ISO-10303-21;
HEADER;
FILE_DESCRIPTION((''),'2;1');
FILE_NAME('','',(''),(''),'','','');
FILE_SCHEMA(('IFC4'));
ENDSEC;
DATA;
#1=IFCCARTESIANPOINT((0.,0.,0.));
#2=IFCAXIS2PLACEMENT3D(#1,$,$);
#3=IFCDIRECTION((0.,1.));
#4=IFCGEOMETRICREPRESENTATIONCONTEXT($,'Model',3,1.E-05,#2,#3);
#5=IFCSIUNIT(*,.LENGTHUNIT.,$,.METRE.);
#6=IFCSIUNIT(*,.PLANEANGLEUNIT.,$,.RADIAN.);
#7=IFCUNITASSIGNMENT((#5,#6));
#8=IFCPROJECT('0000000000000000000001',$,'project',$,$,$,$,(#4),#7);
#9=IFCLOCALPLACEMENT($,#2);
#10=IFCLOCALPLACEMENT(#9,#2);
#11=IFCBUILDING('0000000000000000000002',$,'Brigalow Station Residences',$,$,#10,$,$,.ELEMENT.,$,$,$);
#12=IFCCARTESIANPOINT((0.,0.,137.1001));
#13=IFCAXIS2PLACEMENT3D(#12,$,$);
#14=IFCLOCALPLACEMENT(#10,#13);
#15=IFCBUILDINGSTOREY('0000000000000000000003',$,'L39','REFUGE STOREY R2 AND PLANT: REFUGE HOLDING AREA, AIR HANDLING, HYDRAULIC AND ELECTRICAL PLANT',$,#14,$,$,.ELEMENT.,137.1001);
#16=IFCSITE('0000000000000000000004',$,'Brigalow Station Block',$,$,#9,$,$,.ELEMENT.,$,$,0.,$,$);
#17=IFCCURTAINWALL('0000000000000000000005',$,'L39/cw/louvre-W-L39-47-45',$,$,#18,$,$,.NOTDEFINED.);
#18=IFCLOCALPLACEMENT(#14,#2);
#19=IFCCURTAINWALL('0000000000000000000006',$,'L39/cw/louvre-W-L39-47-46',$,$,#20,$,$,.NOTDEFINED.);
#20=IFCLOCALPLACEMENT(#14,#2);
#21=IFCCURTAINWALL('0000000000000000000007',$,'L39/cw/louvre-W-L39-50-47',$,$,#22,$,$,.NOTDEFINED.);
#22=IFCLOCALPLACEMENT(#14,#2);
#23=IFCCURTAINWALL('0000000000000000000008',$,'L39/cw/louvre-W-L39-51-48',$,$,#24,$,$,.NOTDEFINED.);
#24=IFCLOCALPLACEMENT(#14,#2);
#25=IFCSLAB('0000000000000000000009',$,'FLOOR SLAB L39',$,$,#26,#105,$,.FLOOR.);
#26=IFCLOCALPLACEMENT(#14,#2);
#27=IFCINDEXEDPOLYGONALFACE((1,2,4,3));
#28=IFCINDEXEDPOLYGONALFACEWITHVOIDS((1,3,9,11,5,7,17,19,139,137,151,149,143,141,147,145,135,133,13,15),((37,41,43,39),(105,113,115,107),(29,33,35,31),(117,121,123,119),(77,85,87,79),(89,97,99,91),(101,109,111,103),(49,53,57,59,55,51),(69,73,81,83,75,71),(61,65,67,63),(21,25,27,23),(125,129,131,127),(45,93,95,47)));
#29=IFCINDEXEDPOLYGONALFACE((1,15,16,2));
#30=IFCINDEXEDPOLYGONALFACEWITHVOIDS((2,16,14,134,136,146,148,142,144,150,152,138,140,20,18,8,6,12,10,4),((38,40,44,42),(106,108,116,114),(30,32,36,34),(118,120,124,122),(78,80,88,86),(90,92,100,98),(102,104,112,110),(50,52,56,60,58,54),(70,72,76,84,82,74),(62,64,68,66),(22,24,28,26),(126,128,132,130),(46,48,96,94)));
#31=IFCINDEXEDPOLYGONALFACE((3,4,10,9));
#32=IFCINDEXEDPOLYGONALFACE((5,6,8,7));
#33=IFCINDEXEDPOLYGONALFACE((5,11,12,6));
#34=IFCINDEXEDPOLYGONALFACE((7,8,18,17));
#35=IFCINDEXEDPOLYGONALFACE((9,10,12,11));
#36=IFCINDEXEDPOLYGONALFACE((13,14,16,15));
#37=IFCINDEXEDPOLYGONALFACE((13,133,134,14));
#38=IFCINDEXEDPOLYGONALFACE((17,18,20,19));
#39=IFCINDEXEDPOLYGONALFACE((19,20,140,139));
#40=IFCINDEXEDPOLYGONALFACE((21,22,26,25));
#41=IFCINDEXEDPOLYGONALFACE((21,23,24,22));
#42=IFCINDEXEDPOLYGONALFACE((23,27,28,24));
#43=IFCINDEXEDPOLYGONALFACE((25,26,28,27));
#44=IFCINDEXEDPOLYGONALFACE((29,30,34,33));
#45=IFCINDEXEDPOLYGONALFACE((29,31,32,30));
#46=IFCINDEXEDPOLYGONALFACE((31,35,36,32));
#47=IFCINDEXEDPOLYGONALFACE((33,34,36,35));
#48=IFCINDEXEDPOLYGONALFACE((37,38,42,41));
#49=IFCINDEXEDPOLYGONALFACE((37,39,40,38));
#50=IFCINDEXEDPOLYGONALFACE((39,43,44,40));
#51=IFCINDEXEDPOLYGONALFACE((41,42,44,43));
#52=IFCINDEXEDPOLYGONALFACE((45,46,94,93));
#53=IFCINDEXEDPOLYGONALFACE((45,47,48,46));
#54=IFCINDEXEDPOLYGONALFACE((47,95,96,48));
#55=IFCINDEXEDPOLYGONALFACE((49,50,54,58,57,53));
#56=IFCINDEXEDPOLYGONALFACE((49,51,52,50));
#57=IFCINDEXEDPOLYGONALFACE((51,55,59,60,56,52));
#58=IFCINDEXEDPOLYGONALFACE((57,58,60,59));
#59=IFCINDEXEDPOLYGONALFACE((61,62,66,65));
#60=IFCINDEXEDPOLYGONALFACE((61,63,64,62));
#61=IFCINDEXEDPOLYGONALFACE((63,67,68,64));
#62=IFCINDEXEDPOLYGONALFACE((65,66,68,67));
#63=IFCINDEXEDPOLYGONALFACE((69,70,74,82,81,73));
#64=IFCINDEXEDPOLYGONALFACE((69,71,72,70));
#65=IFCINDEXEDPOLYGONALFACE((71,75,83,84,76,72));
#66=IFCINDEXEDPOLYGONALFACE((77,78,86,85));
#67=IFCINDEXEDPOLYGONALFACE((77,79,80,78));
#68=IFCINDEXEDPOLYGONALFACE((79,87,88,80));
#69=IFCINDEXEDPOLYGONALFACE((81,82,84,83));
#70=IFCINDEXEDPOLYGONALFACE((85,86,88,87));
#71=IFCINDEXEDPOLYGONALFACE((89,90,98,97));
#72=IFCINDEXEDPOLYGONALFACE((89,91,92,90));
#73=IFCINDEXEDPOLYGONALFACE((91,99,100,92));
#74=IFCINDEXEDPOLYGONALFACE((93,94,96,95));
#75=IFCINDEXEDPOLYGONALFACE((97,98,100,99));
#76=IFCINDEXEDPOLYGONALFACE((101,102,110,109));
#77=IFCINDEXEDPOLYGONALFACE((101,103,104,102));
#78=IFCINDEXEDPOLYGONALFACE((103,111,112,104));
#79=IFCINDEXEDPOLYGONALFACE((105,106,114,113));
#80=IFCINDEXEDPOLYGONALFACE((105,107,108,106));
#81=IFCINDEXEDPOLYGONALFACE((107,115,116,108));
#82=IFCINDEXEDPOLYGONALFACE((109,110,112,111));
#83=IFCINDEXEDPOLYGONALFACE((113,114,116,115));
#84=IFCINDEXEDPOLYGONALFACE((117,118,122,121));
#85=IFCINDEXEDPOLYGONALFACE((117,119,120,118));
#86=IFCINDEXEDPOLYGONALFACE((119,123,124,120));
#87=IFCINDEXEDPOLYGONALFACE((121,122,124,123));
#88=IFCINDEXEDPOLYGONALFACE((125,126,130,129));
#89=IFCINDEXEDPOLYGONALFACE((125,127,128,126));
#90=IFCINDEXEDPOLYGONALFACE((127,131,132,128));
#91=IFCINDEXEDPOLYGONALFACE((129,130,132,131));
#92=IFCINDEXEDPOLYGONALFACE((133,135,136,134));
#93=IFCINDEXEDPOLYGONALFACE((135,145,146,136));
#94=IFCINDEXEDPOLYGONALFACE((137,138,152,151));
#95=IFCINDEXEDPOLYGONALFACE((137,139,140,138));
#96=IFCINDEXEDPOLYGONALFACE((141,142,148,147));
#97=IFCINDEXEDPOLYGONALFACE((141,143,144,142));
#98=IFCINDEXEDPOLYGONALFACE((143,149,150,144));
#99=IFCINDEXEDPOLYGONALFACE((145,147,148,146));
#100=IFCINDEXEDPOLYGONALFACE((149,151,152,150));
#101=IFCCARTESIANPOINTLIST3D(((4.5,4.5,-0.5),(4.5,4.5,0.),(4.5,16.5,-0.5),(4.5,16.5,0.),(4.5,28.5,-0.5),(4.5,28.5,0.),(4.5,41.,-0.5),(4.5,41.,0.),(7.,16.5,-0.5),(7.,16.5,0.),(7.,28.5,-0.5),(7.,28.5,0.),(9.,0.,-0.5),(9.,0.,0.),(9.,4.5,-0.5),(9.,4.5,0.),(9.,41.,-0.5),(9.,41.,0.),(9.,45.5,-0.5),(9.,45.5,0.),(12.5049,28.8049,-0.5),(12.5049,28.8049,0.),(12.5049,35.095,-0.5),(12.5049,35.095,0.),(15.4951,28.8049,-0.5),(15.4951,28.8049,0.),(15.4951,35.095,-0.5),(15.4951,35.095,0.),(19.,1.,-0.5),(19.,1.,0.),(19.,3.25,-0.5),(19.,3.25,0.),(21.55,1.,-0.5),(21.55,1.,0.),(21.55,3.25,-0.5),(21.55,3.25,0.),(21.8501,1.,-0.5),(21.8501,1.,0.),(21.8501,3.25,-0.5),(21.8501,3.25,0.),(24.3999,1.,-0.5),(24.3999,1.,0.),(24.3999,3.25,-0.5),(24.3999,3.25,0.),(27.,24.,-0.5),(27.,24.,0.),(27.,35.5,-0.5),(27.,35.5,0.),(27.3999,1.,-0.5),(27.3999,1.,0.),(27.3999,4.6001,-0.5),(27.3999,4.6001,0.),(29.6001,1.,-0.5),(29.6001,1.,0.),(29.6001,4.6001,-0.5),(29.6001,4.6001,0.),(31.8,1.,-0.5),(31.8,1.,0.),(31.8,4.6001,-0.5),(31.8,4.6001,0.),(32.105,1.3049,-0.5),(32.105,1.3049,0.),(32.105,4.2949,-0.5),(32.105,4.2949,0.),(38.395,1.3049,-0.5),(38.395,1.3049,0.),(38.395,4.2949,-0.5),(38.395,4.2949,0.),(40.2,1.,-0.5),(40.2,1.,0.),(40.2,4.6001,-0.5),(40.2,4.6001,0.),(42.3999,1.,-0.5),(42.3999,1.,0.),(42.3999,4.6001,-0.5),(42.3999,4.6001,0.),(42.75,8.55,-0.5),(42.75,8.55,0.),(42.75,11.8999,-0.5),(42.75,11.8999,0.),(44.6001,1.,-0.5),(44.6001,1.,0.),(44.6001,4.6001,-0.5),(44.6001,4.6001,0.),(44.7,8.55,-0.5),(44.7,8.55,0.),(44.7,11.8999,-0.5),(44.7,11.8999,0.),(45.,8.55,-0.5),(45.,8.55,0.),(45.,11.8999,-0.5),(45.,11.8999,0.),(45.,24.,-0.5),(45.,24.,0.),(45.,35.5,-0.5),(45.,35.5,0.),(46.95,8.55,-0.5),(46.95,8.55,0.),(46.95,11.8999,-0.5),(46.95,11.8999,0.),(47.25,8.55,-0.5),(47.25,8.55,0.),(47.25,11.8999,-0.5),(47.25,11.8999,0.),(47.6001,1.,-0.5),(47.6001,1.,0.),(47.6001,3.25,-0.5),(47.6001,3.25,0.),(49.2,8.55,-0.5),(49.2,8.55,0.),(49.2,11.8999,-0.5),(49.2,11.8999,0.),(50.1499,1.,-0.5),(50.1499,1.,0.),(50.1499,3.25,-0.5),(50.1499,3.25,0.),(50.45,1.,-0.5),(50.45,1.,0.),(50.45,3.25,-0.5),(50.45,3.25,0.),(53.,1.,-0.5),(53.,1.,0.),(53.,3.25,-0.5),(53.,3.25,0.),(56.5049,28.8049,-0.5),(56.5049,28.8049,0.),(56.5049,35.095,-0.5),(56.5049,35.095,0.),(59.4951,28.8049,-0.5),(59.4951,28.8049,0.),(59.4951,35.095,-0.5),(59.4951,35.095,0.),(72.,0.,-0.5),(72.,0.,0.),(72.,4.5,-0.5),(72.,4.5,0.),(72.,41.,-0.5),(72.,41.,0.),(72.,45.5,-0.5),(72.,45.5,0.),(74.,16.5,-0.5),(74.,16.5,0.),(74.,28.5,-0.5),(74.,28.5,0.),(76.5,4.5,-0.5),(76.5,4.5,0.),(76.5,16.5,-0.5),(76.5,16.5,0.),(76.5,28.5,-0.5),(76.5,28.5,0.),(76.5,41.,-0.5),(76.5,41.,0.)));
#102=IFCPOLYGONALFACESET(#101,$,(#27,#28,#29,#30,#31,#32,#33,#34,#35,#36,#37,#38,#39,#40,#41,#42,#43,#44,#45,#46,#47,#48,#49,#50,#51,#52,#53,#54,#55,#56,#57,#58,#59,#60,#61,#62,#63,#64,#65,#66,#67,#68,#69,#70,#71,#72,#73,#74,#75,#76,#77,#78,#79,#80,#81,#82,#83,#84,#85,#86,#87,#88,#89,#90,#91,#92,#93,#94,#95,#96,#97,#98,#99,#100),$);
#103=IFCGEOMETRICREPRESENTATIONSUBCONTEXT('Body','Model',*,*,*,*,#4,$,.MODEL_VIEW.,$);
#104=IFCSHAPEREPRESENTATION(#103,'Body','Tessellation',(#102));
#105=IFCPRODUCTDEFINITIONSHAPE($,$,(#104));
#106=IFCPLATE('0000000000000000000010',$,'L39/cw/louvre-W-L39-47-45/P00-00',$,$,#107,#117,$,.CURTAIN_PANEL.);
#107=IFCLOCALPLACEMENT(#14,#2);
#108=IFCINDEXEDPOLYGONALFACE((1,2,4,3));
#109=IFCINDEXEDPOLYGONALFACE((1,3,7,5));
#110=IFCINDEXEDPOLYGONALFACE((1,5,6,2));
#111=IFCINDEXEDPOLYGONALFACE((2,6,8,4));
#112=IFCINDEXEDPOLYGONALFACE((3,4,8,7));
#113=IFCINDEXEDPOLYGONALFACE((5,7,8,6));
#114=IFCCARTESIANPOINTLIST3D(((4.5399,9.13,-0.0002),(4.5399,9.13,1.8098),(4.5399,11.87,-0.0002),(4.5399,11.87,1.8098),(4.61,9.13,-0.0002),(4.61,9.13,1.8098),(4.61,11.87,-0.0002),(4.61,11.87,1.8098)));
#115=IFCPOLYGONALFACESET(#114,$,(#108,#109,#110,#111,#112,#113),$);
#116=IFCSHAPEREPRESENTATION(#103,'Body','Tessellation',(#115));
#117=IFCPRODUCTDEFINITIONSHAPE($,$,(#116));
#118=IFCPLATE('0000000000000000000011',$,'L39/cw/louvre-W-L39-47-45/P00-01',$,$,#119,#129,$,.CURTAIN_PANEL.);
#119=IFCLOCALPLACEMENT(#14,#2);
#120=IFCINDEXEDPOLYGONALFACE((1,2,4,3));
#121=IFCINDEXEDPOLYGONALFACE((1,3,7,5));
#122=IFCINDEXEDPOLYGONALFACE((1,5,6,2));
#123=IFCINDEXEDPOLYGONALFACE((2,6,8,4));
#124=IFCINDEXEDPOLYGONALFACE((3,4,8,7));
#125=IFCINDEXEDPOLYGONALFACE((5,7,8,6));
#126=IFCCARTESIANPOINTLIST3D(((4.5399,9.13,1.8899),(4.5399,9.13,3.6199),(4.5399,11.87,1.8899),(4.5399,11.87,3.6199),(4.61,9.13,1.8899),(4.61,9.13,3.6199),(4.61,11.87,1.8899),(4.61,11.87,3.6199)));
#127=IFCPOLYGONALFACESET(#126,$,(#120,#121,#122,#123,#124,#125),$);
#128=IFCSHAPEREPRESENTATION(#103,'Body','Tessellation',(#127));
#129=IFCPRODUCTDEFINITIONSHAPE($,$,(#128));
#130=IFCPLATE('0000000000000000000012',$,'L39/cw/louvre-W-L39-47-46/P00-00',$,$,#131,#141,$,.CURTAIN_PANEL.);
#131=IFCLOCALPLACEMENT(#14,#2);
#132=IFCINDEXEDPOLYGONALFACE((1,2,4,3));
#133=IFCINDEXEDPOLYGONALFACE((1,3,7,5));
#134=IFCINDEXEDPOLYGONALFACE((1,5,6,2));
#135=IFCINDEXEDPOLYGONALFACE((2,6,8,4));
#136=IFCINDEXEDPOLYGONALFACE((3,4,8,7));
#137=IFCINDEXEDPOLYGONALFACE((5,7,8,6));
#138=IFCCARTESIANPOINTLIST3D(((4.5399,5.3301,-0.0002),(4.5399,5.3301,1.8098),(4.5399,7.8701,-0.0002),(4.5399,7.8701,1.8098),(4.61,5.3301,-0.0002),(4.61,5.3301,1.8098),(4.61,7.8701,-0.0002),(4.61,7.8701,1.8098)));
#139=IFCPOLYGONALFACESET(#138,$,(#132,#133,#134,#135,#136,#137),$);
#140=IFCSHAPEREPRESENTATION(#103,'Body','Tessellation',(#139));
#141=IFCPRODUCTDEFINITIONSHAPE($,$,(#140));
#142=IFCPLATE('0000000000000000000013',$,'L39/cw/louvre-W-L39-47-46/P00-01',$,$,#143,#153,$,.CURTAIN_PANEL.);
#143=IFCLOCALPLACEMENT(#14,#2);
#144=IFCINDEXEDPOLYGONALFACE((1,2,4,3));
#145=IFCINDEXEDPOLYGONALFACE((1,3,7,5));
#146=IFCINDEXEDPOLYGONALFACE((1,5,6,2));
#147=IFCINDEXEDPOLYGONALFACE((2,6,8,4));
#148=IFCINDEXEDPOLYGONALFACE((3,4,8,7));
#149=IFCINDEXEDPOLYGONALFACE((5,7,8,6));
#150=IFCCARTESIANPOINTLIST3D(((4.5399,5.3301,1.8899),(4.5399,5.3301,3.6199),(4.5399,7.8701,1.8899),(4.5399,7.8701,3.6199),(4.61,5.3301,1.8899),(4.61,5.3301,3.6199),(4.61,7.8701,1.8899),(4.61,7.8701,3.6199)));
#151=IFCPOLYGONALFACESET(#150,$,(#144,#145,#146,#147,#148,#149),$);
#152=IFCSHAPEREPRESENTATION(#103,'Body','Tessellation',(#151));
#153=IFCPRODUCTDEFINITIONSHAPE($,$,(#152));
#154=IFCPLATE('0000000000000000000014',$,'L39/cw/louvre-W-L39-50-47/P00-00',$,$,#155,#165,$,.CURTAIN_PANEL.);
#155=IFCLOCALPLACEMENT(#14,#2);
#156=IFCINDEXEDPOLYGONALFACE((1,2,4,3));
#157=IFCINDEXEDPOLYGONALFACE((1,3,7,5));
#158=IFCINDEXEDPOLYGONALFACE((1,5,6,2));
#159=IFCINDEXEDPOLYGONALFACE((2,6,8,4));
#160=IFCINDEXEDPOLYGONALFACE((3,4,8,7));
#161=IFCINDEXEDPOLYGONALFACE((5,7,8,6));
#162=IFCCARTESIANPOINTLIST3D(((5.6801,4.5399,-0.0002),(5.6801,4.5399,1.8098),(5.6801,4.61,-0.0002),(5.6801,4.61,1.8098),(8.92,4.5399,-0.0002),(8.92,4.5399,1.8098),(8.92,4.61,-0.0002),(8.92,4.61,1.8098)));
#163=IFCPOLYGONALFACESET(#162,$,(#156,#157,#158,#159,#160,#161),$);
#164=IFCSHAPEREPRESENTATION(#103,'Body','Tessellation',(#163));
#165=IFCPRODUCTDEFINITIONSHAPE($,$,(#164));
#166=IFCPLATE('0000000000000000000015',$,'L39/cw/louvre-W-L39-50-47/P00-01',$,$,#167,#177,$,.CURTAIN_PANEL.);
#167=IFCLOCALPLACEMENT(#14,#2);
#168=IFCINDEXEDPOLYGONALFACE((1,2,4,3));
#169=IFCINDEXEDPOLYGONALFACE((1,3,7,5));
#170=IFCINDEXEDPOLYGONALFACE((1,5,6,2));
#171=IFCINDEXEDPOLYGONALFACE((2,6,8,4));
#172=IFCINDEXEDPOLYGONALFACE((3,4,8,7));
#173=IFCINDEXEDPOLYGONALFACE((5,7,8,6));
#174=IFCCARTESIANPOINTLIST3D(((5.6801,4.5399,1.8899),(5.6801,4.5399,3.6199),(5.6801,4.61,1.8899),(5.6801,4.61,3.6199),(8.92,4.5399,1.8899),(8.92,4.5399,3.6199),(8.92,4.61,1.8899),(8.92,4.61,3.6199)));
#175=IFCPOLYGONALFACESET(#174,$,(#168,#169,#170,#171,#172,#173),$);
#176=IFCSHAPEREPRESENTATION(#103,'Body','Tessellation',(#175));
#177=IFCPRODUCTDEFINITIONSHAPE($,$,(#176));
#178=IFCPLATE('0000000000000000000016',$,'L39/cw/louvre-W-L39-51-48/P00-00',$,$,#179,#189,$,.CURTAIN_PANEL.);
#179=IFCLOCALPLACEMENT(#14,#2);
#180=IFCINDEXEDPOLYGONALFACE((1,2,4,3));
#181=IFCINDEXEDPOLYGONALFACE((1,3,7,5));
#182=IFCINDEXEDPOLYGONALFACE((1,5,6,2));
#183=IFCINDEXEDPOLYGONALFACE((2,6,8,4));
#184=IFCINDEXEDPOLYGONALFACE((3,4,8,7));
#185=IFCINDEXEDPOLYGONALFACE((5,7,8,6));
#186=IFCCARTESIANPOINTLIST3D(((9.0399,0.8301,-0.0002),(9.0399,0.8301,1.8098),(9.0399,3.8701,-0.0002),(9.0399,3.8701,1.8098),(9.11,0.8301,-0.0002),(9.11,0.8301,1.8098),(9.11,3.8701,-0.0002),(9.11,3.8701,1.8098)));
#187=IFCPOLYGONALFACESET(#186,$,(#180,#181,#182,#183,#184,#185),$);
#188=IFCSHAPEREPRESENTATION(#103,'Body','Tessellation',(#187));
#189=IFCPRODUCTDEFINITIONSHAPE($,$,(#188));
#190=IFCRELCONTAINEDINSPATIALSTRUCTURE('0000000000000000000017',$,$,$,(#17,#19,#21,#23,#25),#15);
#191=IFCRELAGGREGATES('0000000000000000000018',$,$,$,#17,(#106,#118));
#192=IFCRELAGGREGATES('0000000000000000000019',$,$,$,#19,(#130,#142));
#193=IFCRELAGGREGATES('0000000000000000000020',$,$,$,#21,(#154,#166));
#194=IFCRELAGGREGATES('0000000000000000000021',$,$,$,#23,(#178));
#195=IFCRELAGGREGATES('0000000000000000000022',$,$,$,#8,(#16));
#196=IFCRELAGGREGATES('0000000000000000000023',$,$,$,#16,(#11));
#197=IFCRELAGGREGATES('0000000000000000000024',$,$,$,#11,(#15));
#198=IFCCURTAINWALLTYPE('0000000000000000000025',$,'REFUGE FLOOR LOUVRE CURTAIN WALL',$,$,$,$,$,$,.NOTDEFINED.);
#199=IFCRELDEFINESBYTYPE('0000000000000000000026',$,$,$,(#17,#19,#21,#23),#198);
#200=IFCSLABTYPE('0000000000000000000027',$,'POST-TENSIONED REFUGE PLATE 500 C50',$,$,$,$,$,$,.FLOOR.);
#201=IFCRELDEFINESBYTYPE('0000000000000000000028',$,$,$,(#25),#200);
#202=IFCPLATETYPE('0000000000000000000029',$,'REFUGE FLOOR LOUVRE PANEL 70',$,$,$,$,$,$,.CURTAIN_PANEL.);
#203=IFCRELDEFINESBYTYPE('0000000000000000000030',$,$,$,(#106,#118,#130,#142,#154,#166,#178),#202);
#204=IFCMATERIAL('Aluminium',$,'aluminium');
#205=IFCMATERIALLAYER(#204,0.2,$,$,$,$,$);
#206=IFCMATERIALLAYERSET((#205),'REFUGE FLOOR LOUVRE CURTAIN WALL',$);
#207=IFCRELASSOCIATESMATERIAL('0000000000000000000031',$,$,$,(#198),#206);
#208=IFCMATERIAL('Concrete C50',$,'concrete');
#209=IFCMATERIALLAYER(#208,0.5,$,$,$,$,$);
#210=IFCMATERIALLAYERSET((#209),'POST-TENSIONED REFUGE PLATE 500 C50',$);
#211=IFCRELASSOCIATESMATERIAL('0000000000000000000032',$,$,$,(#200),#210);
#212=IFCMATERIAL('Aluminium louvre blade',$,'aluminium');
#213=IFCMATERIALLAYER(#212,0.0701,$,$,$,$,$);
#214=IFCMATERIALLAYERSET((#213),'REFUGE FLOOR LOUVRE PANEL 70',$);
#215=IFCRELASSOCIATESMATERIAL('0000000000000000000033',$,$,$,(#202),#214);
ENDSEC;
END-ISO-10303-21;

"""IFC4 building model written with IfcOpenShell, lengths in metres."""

from ifc_helpers import new_model, si_unit, direction, frame, origin, origin_2d, place, context, subcontext, project, spatial, polyline, rectangle, outline, extrude, material, layer, layer_set, type_object, element, aggregate, save


model = new_model("IFC4")

# Units and contexts
model_context = context("Model", 3, precision=1e-05, world=origin(), true_north=direction((0.0, 1.0)))
body_context = subcontext(model_context, "Body", "Model", "MODEL_VIEW")
ifc_project = project(units=[si_unit("LENGTHUNIT", "METRE"), si_unit("PLANEANGLEUNIT", "RADIAN")], contexts=[model_context])

# Site, building, storey
site_placement = place(None, origin())
site = spatial("IfcSite", under=ifc_project, at=site_placement, Name="Brigalow Station Block", CompositionType="ELEMENT", RefElevation=0.0)
building_placement = place(site_placement, origin())
building = spatial("IfcBuilding", under=site, at=building_placement, Name="Brigalow Station Residences", CompositionType="ELEMENT")
storey_placement = place(building_placement, frame((0.0, 0.0, 137.1001)))
storey = spatial("IfcBuildingStorey", under=building, at=storey_placement, Name="L39", Description="REFUGE STOREY R2 AND PLANT: REFUGE HOLDING AREA, AIR HANDLING, HYDRAULIC AND ELECTRICAL PLANT", CompositionType="ELEMENT", Elevation=137.1001)

# Curtain walls
ifc_material_1 = material(Name="Aluminium", Category="aluminium")
ifc_layer_1 = layer(ifc_material_1, 0.2)
ifc_layer_set_1 = layer_set([ifc_layer_1], Name="REFUGE FLOOR LOUVRE CURTAIN WALL")
curtain_wall_type = type_object("IfcCurtainWallType", Name="REFUGE FLOOR LOUVRE CURTAIN WALL", PredefinedType="NOTDEFINED", material=ifc_layer_set_1)
curtain_wall_1_placement = place(storey_placement, origin())
curtain_wall_1 = element("IfcCurtainWall", 1, at=curtain_wall_1_placement, inside=storey, type_object=curtain_wall_type, Name="L39/cw/louvre-W-L39-47-45", PredefinedType="NOTDEFINED")
curtain_wall_2_placement = place(storey_placement, origin())
curtain_wall_2 = element("IfcCurtainWall", 2, at=curtain_wall_2_placement, inside=storey, type_object=curtain_wall_type, Name="L39/cw/louvre-W-L39-47-46", PredefinedType="NOTDEFINED")
curtain_wall_3_placement = place(storey_placement, origin())
curtain_wall_3 = element("IfcCurtainWall", 3, at=curtain_wall_3_placement, inside=storey, type_object=curtain_wall_type, Name="L39/cw/louvre-W-L39-50-47", PredefinedType="NOTDEFINED")
curtain_wall_4_placement = place(storey_placement, origin())
curtain_wall_4 = element("IfcCurtainWall", 4, at=curtain_wall_4_placement, inside=storey, type_object=curtain_wall_type, Name="L39/cw/louvre-W-L39-51-48", PredefinedType="NOTDEFINED")

# Slab
ifc_material_2 = material(Name="Concrete C50", Category="concrete")
ifc_layer_2 = layer(ifc_material_2, 0.5)
ifc_layer_set_2 = layer_set([ifc_layer_2], Name="POST-TENSIONED REFUGE PLATE 500 C50")
slab_type_1 = type_object("IfcSlabType", Name="POST-TENSIONED REFUGE PLATE 500 C50", PredefinedType="FLOOR", material=ifc_layer_set_2)
slab_1_placement = place(storey_placement, frame((0.0, 0.0, -0.5)))
element("IfcSlab", 5, at=slab_1_placement, inside=storey, type_object=slab_type_1, Name="FLOOR SLAB L39", PredefinedType="FLOOR", context=body_context, shape_type="SweptSolid", body=[
    extrude(outline(polyline([(9.0, 0.0), (72.0, 0.0), (72.0, 4.5), (76.5, 4.5), (76.5, 16.5), (74.0, 16.5), (74.0, 28.5), (76.5, 28.5), (76.5, 41.0), (72.0, 41.0), (72.0, 45.5), (9.0, 45.5), (9.0, 41.0), (4.5, 41.0), (4.5, 28.5), (7.0, 28.5), (7.0, 16.5), (4.5, 16.5), (4.5, 4.5), (9.0, 4.5), (9.0, 0.0)]), holes=[polyline([(12.5049, 35.095), (15.4951, 35.095), (15.4951, 28.8049), (12.5049, 28.8049), (12.5049, 35.095)]), polyline([(19.0, 1.0), (19.0, 3.25), (21.55, 3.25), (21.55, 1.0), (19.0, 1.0)]), polyline([(21.8501, 3.25), (24.3999, 3.25), (24.3999, 1.0), (21.8501, 1.0), (21.8501, 3.25)]), polyline([(27.0, 35.5), (45.0, 35.5), (45.0, 24.0), (27.0, 24.0), (27.0, 35.5)]), polyline([(29.6001, 4.6001), (31.8, 4.6001), (31.8, 1.0), (29.6001, 1.0), (27.3999, 1.0), (27.3999, 4.6001), (29.6001, 4.6001)]), polyline([(32.105, 4.2949), (38.395, 4.2949), (38.395, 1.3049), (32.105, 1.3049), (32.105, 4.2949)]), polyline([(40.2, 4.6001), (42.3999, 4.6001), (44.6001, 4.6001), (44.6001, 1.0), (42.3999, 1.0), (40.2, 1.0), (40.2, 4.6001)]), polyline([(42.75, 11.8999), (44.7, 11.8999), (44.7, 8.55), (42.75, 8.55), (42.75, 11.8999)]), polyline([(45.0, 11.8999), (46.95, 11.8999), (46.95, 8.55), (45.0, 8.55), (45.0, 11.8999)]), polyline([(47.25, 11.8999), (49.2, 11.8999), (49.2, 8.55), (47.25, 8.55), (47.25, 11.8999)]), polyline([(47.6001, 3.25), (50.1499, 3.25), (50.1499, 1.0), (47.6001, 1.0), (47.6001, 3.25)]), polyline([(50.45, 3.25), (53.0, 3.25), (53.0, 1.0), (50.45, 1.0), (50.45, 3.25)]), polyline([(56.5049, 35.095), (59.4951, 35.095), (59.4951, 28.8049), (56.5049, 28.8049), (56.5049, 35.095)])]), origin(), (0.0, 0.0, 1.0), 0.5),
])

# Plates
ifc_material_3 = material(Name="Aluminium louvre blade", Category="aluminium")
ifc_layer_3 = layer(ifc_material_3, 0.0701)
ifc_layer_set_3 = layer_set([ifc_layer_3], Name="REFUGE FLOOR LOUVRE PANEL 70")
plate_type = type_object("IfcPlateType", Name="REFUGE FLOOR LOUVRE PANEL 70", PredefinedType="CURTAIN_PANEL", material=ifc_layer_set_3)
plate_1_placement = place(storey_placement, frame((4.575, 10.5, -0.0002), z_axis=(0.0, 0.0, 1.0), x_axis=(0.0, -1.0, 0.0)))
plate_1 = element("IfcPlate", 6, at=plate_1_placement, type_object=plate_type, Name="L39/cw/louvre-W-L39-47-45/P00-00", PredefinedType="CURTAIN_PANEL", context=body_context, shape_type="SweptSolid", body=[
    extrude(rectangle(XDim=2.74, YDim=0.0701, at=origin_2d()), origin(), (0.0, 0.0, 1.0), 1.8101),
])
plate_2_placement = place(storey_placement, frame((4.575, 10.5, 1.8899), z_axis=(0.0, 0.0, 1.0), x_axis=(0.0, -1.0, 0.0)))
plate_2 = element("IfcPlate", 7, at=plate_2_placement, type_object=plate_type, Name="L39/cw/louvre-W-L39-47-45/P00-01", PredefinedType="CURTAIN_PANEL", context=body_context, shape_type="SweptSolid", body=[
    extrude(rectangle(XDim=2.74, YDim=0.0701, at=origin_2d()), origin(), (0.0, 0.0, 1.0), 1.73),
])
aggregate(curtain_wall_1, [plate_1, plate_2])
plate_3_placement = place(storey_placement, frame((4.575, 6.6001, -0.0002), z_axis=(0.0, 0.0, 1.0), x_axis=(0.0, -1.0, 0.0)))
plate_3 = element("IfcPlate", 8, at=plate_3_placement, type_object=plate_type, Name="L39/cw/louvre-W-L39-47-46/P00-00", PredefinedType="CURTAIN_PANEL", context=body_context, shape_type="SweptSolid", body=[
    extrude(rectangle(XDim=2.54, YDim=0.0701, at=origin_2d()), origin(), (0.0, 0.0, 1.0), 1.8101),
])
plate_4_placement = place(storey_placement, frame((4.575, 6.6001, 1.8899), z_axis=(0.0, 0.0, 1.0), x_axis=(0.0, -1.0, 0.0)))
plate_4 = element("IfcPlate", 9, at=plate_4_placement, type_object=plate_type, Name="L39/cw/louvre-W-L39-47-46/P00-01", PredefinedType="CURTAIN_PANEL", context=body_context, shape_type="SweptSolid", body=[
    extrude(rectangle(XDim=2.54, YDim=0.0701, at=origin_2d()), origin(), (0.0, 0.0, 1.0), 1.73),
])
aggregate(curtain_wall_2, [plate_3, plate_4])
plate_5_placement = place(storey_placement, frame((7.3, 4.575, -0.0002), z_axis=(0.0, 0.0, 1.0), x_axis=(1.0, 0.0, 0.0)))
plate_5 = element("IfcPlate", 10, at=plate_5_placement, type_object=plate_type, Name="L39/cw/louvre-W-L39-50-47/P00-00", PredefinedType="CURTAIN_PANEL", context=body_context, shape_type="SweptSolid", body=[
    extrude(rectangle(XDim=3.24, YDim=0.0701, at=origin_2d()), origin(), (0.0, 0.0, 1.0), 1.8101),
])
plate_6_placement = place(storey_placement, frame((7.3, 4.575, 1.8899), z_axis=(0.0, 0.0, 1.0), x_axis=(1.0, 0.0, 0.0)))
plate_6 = element("IfcPlate", 11, at=plate_6_placement, type_object=plate_type, Name="L39/cw/louvre-W-L39-50-47/P00-01", PredefinedType="CURTAIN_PANEL", context=body_context, shape_type="SweptSolid", body=[
    extrude(rectangle(XDim=3.24, YDim=0.0701, at=origin_2d()), origin(), (0.0, 0.0, 1.0), 1.73),
])
aggregate(curtain_wall_3, [plate_5, plate_6])
plate_7_placement = place(storey_placement, frame((9.075, 2.3501, -0.0002), z_axis=(0.0, 0.0, 1.0), x_axis=(0.0, -1.0, 0.0)))
plate_7 = element("IfcPlate", 12, at=plate_7_placement, type_object=plate_type, Name="L39/cw/louvre-W-L39-51-48/P00-00", PredefinedType="CURTAIN_PANEL", context=body_context, shape_type="SweptSolid", body=[
    extrude(rectangle(XDim=3.04, YDim=0.0701, at=origin_2d()), origin(), (0.0, 0.0, 1.0), 1.8101),
])
aggregate(curtain_wall_4, [plate_7])

save(model, "model.ifc")
